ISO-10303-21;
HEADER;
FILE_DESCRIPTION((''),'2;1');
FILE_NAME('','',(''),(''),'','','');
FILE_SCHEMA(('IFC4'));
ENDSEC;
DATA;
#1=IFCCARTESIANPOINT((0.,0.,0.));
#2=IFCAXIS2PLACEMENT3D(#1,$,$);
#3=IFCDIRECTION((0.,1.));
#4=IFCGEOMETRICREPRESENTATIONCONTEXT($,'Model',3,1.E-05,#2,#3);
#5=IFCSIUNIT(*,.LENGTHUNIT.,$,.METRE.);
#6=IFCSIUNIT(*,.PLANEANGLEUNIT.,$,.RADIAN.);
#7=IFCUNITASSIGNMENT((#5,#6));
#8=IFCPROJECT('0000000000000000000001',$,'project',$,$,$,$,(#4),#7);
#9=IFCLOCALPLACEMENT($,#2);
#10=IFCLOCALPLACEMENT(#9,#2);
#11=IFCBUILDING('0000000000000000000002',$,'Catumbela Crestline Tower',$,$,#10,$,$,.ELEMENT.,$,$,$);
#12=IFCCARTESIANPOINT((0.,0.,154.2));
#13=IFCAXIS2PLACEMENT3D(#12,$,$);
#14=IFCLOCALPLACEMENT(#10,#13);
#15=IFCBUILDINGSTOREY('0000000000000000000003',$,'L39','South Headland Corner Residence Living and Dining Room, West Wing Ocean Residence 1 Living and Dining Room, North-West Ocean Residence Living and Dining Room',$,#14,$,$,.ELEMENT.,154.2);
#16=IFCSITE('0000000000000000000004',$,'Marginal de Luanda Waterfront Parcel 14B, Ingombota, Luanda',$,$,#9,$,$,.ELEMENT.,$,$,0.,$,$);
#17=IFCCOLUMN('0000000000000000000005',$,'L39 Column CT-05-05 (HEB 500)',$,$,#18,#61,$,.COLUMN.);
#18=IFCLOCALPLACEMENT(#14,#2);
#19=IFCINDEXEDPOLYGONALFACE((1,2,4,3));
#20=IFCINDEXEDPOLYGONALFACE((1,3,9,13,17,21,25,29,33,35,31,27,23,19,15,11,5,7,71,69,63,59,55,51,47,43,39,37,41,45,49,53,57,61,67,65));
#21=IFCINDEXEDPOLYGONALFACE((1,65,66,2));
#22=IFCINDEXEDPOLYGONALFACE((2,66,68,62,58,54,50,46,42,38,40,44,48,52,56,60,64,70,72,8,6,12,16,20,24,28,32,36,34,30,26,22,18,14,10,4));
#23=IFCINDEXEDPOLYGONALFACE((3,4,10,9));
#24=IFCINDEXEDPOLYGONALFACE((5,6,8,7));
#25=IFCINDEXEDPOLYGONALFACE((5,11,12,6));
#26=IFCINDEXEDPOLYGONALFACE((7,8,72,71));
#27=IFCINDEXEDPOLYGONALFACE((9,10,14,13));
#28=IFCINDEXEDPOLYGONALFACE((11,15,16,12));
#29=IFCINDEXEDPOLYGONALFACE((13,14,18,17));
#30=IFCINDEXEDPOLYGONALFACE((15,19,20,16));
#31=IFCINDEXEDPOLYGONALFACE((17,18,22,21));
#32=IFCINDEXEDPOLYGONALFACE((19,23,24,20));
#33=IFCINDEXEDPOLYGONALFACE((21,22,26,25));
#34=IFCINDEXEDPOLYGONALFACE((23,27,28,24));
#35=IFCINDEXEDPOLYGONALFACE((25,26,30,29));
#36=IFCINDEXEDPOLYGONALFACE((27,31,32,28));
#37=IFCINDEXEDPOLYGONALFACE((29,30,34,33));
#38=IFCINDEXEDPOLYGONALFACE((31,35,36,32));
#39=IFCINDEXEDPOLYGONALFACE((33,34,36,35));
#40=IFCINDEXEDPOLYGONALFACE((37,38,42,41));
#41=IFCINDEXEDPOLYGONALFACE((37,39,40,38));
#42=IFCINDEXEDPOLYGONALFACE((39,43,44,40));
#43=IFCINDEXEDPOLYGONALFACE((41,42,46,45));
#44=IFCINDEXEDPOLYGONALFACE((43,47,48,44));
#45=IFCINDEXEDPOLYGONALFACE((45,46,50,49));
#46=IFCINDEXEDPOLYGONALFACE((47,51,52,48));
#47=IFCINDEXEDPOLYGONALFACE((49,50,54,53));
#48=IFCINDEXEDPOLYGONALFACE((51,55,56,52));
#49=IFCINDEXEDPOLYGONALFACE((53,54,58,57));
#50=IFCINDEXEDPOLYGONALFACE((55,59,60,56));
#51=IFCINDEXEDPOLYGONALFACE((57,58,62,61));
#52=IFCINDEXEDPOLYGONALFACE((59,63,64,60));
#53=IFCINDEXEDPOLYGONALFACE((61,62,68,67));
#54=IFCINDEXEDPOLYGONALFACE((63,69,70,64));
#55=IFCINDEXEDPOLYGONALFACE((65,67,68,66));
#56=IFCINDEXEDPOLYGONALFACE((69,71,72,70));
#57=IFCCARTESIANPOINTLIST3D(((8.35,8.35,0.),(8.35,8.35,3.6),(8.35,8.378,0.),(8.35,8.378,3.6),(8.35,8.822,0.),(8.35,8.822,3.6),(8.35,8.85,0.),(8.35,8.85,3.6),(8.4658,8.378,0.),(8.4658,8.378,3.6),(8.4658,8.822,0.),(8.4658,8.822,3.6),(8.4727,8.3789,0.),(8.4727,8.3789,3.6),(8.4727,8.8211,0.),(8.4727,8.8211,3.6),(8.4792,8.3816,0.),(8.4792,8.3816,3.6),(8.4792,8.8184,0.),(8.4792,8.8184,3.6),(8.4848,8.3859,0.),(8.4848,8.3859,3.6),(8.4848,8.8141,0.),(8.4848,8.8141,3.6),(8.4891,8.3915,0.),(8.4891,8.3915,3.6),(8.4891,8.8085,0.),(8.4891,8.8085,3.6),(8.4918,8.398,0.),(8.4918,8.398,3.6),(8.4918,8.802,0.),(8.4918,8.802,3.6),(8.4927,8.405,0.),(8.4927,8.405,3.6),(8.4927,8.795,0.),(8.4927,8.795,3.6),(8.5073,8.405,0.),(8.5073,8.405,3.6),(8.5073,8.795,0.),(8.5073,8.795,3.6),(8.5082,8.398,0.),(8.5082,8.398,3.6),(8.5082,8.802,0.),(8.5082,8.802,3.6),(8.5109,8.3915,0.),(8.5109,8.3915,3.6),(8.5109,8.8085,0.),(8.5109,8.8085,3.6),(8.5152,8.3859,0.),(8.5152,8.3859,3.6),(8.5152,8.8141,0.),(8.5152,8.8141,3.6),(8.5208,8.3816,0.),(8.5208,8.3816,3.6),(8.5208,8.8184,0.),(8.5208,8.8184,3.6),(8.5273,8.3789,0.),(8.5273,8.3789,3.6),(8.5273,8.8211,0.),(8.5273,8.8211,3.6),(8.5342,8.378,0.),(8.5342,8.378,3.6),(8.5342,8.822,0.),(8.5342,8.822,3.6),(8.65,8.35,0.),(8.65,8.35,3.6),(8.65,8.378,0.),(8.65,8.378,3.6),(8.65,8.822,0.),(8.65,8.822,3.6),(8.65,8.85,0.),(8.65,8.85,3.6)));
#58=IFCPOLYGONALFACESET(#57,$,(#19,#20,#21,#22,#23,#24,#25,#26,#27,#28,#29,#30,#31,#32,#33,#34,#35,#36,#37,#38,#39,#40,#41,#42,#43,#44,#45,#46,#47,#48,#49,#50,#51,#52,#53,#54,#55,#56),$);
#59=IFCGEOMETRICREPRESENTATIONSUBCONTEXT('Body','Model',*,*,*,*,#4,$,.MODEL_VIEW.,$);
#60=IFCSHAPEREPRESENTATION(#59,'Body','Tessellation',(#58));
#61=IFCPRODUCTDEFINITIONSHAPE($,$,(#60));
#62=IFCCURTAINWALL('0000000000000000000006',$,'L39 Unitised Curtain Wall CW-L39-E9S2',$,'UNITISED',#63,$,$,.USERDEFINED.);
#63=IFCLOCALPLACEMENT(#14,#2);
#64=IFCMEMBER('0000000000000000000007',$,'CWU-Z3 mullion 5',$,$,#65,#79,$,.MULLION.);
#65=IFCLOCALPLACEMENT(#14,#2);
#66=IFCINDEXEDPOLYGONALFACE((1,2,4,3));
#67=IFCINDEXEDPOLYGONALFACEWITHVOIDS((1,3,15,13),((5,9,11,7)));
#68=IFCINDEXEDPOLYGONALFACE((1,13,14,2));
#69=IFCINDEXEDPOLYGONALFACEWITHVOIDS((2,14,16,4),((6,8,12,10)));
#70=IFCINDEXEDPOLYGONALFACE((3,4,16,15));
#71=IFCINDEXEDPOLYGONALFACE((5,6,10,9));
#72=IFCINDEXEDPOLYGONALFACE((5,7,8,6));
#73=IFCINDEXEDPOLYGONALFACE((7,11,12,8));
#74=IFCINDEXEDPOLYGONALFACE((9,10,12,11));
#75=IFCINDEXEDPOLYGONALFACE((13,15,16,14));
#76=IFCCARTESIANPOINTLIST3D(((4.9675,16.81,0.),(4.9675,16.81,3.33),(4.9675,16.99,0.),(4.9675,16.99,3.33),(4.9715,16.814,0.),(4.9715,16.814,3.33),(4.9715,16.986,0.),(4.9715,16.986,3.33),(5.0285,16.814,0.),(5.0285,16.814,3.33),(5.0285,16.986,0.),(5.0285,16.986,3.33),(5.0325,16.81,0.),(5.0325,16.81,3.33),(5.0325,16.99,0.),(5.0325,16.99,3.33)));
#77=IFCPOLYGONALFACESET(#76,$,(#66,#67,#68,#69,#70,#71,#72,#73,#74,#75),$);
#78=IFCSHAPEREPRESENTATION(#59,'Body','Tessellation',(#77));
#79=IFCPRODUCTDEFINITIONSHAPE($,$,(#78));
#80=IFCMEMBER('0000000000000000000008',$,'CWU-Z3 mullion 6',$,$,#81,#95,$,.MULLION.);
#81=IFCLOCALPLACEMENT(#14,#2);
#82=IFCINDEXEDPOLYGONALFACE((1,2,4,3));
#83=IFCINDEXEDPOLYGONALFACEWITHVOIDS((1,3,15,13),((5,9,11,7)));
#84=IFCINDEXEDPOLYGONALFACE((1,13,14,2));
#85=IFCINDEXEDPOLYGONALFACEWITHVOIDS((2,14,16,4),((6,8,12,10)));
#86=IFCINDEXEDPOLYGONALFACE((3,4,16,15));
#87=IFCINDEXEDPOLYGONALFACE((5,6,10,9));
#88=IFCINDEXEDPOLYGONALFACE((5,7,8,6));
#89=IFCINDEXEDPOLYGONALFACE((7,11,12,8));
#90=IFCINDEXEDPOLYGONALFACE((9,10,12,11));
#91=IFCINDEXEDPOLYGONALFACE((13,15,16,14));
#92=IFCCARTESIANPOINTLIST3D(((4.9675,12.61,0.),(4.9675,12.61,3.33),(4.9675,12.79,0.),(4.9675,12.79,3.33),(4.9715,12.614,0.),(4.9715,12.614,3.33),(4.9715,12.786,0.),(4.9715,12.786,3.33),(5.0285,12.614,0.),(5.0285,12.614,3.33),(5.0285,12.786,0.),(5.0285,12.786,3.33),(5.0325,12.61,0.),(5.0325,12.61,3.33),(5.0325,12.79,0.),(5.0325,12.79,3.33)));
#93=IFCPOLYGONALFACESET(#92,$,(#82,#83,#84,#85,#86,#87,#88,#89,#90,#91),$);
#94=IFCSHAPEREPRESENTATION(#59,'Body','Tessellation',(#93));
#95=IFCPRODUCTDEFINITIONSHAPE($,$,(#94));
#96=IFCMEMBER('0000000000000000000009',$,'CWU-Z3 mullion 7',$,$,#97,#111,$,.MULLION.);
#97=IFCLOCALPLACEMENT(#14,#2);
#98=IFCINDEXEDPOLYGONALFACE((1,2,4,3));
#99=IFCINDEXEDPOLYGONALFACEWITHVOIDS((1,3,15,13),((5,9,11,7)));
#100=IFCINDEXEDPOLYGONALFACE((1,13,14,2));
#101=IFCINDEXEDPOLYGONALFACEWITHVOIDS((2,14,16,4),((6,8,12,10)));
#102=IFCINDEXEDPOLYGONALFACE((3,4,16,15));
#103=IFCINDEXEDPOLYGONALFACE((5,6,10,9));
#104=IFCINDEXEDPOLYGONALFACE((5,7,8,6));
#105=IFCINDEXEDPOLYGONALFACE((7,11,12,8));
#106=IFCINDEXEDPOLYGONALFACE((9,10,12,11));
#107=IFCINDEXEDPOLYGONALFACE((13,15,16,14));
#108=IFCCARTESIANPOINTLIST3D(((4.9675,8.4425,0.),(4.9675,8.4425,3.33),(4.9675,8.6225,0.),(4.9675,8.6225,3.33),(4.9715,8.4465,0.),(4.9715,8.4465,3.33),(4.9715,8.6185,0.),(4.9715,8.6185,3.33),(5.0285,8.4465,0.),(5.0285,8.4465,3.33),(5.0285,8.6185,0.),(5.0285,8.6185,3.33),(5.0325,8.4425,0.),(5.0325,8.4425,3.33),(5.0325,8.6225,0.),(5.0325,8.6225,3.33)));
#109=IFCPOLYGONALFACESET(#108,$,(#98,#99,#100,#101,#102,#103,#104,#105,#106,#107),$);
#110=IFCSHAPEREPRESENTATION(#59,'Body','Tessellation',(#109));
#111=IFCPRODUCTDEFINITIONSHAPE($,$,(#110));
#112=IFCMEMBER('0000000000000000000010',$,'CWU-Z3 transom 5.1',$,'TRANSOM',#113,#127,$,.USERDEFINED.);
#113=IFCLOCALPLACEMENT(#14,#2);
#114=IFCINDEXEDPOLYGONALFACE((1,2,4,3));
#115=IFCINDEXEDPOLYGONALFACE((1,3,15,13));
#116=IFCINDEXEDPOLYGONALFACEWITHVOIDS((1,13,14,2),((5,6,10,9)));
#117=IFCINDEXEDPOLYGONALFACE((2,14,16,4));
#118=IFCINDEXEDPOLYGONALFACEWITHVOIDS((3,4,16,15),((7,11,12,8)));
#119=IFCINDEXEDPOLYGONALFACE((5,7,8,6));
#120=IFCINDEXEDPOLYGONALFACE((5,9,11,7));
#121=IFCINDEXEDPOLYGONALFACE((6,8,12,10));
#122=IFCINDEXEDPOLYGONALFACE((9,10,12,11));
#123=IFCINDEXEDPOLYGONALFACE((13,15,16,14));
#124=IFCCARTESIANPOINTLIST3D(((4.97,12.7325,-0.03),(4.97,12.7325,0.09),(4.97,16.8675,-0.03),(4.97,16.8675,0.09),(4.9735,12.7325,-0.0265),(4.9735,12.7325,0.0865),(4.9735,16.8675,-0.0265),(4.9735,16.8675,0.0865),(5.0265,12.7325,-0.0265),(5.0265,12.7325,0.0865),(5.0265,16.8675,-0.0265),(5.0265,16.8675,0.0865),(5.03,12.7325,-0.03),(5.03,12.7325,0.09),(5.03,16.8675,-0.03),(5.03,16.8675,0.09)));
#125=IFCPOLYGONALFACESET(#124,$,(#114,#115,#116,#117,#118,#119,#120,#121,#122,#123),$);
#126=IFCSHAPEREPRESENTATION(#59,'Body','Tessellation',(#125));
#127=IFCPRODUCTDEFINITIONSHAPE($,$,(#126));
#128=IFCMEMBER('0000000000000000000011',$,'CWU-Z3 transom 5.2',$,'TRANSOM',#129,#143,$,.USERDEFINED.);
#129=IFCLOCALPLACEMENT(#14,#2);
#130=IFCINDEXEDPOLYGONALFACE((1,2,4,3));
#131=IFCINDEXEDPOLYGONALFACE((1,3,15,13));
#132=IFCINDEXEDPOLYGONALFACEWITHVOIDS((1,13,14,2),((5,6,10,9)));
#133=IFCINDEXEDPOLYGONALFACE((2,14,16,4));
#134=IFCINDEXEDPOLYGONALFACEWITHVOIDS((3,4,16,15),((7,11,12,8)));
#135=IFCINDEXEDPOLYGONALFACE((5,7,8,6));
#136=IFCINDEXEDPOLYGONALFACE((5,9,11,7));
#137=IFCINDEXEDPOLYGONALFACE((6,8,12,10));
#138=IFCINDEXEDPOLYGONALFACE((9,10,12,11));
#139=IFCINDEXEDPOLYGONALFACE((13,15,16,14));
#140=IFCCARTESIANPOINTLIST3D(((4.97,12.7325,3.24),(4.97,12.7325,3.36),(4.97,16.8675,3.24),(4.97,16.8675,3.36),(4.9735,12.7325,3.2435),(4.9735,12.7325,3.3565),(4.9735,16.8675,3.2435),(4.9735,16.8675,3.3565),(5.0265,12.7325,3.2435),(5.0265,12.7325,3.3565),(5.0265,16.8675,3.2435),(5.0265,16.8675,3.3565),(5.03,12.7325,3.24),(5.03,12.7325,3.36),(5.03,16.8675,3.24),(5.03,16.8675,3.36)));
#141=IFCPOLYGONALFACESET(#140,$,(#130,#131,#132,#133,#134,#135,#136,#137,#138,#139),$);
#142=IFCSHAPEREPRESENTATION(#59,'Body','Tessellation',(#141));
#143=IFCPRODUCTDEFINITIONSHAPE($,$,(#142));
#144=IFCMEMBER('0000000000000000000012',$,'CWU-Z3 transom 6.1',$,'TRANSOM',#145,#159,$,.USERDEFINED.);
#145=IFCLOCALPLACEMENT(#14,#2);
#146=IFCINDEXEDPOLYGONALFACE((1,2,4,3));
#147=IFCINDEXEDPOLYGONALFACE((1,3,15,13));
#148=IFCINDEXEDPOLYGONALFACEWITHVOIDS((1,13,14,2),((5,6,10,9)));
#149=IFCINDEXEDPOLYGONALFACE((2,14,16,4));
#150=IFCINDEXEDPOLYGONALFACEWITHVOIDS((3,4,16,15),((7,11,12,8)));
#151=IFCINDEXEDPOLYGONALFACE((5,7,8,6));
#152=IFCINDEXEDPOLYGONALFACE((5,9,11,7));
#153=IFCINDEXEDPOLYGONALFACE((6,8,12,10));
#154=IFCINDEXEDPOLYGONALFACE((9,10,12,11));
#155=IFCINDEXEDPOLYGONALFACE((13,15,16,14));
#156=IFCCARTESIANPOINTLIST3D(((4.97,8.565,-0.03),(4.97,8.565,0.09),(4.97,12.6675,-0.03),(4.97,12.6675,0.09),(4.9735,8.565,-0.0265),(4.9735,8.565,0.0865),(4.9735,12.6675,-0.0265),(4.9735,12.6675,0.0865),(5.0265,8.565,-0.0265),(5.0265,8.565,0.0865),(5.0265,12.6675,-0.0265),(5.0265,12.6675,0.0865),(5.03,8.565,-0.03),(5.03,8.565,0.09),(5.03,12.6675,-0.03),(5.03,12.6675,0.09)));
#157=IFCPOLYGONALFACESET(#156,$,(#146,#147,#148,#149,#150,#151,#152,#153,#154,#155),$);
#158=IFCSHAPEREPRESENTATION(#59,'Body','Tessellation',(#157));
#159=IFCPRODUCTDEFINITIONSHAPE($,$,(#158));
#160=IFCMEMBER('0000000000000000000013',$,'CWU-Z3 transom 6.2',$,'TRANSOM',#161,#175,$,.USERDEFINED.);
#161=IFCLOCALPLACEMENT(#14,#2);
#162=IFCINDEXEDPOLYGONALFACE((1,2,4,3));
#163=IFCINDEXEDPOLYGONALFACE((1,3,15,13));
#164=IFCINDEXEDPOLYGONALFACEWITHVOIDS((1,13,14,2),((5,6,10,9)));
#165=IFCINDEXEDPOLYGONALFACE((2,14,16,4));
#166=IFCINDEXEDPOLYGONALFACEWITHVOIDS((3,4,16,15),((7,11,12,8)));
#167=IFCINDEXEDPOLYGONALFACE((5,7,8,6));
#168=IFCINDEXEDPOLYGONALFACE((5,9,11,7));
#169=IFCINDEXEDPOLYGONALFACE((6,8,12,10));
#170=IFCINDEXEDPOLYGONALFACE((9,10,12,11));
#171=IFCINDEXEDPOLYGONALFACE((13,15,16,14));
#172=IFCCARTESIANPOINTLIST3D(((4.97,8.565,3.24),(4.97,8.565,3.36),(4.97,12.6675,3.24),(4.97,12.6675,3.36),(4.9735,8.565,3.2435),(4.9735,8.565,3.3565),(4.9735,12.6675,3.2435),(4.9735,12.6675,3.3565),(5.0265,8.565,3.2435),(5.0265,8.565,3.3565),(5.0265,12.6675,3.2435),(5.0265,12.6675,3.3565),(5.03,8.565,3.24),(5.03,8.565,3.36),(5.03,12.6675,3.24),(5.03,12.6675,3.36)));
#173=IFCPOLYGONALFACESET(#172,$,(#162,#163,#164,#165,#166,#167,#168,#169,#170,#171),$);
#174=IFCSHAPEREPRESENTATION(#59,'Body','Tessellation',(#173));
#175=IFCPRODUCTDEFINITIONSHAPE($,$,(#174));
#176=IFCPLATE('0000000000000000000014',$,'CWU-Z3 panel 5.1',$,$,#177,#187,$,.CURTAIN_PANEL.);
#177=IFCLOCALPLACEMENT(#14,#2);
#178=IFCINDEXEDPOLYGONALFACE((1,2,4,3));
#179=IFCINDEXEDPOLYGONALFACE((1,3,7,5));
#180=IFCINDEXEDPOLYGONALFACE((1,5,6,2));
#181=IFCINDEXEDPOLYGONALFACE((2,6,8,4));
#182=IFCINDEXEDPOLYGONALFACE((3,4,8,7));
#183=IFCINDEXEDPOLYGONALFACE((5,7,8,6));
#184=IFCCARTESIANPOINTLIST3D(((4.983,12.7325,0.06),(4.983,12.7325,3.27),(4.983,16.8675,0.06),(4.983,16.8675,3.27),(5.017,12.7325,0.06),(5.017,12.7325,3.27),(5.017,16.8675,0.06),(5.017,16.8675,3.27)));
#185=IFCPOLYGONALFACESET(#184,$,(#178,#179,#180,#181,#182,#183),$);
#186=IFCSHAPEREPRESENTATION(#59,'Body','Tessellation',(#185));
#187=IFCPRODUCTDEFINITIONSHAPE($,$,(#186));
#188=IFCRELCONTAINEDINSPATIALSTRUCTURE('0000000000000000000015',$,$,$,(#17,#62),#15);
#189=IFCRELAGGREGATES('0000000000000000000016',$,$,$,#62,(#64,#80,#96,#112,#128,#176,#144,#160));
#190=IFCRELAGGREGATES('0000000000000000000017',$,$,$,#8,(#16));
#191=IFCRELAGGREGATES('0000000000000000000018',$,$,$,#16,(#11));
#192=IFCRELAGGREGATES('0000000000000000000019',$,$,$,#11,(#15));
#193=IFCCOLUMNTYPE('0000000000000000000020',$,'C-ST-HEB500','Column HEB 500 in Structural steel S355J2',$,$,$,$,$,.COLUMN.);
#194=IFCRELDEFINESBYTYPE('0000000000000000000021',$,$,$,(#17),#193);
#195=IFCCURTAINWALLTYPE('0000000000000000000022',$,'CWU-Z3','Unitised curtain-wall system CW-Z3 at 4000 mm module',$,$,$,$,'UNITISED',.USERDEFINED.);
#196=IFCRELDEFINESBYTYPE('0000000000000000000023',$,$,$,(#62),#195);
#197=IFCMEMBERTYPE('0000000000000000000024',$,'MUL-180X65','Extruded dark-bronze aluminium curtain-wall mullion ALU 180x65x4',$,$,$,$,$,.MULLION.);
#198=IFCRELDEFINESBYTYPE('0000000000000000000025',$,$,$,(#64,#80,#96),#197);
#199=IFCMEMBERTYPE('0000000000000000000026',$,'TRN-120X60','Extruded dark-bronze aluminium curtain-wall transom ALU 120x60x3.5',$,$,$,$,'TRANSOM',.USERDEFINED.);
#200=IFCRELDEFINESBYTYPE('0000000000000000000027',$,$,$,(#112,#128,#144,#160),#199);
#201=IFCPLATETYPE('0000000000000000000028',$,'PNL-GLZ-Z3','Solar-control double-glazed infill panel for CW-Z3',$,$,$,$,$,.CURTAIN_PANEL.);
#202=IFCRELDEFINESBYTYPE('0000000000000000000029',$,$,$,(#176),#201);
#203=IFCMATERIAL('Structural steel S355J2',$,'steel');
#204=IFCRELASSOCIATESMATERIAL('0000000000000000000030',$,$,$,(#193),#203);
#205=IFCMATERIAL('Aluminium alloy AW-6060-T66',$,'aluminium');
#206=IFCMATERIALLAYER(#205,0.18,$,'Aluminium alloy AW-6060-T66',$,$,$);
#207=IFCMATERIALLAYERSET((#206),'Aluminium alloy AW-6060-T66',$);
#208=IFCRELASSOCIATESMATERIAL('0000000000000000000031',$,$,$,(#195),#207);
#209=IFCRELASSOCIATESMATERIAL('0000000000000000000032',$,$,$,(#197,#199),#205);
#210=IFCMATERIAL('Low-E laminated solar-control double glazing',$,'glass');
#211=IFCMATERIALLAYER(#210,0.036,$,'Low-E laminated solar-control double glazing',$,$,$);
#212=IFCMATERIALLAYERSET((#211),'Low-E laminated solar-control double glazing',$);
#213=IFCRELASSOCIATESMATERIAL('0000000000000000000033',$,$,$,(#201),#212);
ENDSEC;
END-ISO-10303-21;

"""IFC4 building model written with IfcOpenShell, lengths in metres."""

from ifc_helpers import new_model, si_unit, direction, frame, origin, origin_2d, place, context, subcontext, project, spatial, rectangle, hollow_rectangle, i_section, extrude, material, layer, layer_set, material_profile, profile_set, type_object, element, aggregate, save


model = new_model("IFC4")

# Units and contexts
model_context = context("Model", 3, precision=1e-05, world=origin(), true_north=direction((0.0, 1.0)))
body_context = subcontext(model_context, "Body", "Model", "MODEL_VIEW")
ifc_project = project(units=[si_unit("LENGTHUNIT", "METRE"), si_unit("PLANEANGLEUNIT", "RADIAN")], contexts=[model_context])

# Site, building, storey
site_placement = place(None, origin())
site = spatial("IfcSite", under=ifc_project, at=site_placement, Name="Marginal de Luanda Waterfront Parcel 14B, Ingombota, Luanda", CompositionType="ELEMENT", RefElevation=0.0)
building_placement = place(site_placement, origin())
building = spatial("IfcBuilding", under=site, at=building_placement, Name="Catumbela Crestline Tower", CompositionType="ELEMENT")
storey_placement = place(building_placement, frame((0.0, 0.0, 154.2)))
storey = spatial("IfcBuildingStorey", under=building, at=storey_placement, Name="L39", Description="South Headland Corner Residence Living and Dining Room, West Wing Ocean Residence 1 Living and Dining Room, North-West Ocean Residence Living and Dining Room", CompositionType="ELEMENT", Elevation=154.2)

# Column
ifc_material_1 = material(Name="Structural steel S355J2", Category="steel")
ifc_material_profile_1 = material_profile(ifc_material_1, i_section(OverallWidth=0.3, OverallDepth=0.5, WebThickness=0.0145, FlangeThickness=0.028, FilletRadius=0.027, at=origin_2d()), Name="HEB 500")
ifc_profile_set_1 = profile_set([ifc_material_profile_1], Name="Structural steel S355J2")
column_type = type_object("IfcColumnType", Name="C-ST-HEB500", Description="Column HEB 500 in Structural steel S355J2", PredefinedType="COLUMN", material=ifc_profile_set_1)
column_placement = place(storey_placement, frame((8.5, 8.6, 0.0), z_axis=(0.0, 0.0, 1.0), x_axis=(1.0, 0.0, 0.0)))
element("IfcColumn", 1, at=column_placement, inside=storey, type_object=column_type, Name="L39 Column CT-05-05 (HEB 500)", PredefinedType="COLUMN", context=body_context, shape_type="SweptSolid", body=[
    extrude(i_section(OverallWidth=0.3, OverallDepth=0.5, WebThickness=0.0145, FlangeThickness=0.028, FilletRadius=0.027, at=origin_2d()), origin(), (0.0, 0.0, 1.0), 3.6),
])

# Curtain wall, members, plate
ifc_material_2 = material(Name="Aluminium alloy AW-6060-T66", Category="aluminium")
ifc_layer_1 = layer(ifc_material_2, 0.18, Name="Aluminium alloy AW-6060-T66")
ifc_layer_set_1 = layer_set([ifc_layer_1], Name="Aluminium alloy AW-6060-T66")
curtain_wall_type = type_object("IfcCurtainWallType", Name="CWU-Z3", Description="Unitised curtain-wall system CW-Z3 at 4000 mm module", ElementType="UNITISED", PredefinedType="USERDEFINED", material=ifc_layer_set_1)
curtain_wall_placement = place(storey_placement, origin())
curtain_wall = element("IfcCurtainWall", 2, at=curtain_wall_placement, inside=storey, type_object=curtain_wall_type, Name="L39 Unitised Curtain Wall CW-L39-E9S2", ObjectType="UNITISED", PredefinedType="USERDEFINED")
ifc_material_profile_2 = material_profile(ifc_material_2, hollow_rectangle(XDim=0.065, YDim=0.18, WallThickness=0.004, at=origin_2d()), Name="ALU 180x65x4")
ifc_profile_set_2 = profile_set([ifc_material_profile_2], Name="Aluminium alloy AW-6060-T66")
member_type_1 = type_object("IfcMemberType", Name="MUL-180X65", Description="Extruded dark-bronze aluminium curtain-wall mullion ALU 180x65x4", PredefinedType="MULLION", material=ifc_profile_set_2)
member_1_placement = place(storey_placement, frame((5.0, 16.9, 0.0), z_axis=(0.0, 0.0, 1.0), x_axis=(1.0, 0.0, 0.0)))
member_1 = element("IfcMember", 3, at=member_1_placement, type_object=member_type_1, Name="CWU-Z3 mullion 5", PredefinedType="MULLION", context=body_context, shape_type="SweptSolid", body=[
    extrude(hollow_rectangle(XDim=0.065, YDim=0.18, WallThickness=0.004, at=origin_2d()), origin(), (0.0, 0.0, 1.0), 3.33),
])
member_2_placement = place(storey_placement, frame((5.0, 12.7, 0.0), z_axis=(0.0, 0.0, 1.0), x_axis=(1.0, 0.0, 0.0)))
member_2 = element("IfcMember", 4, at=member_2_placement, type_object=member_type_1, Name="CWU-Z3 mullion 6", PredefinedType="MULLION", context=body_context, shape_type="SweptSolid", body=[
    extrude(hollow_rectangle(XDim=0.065, YDim=0.18, WallThickness=0.004, at=origin_2d()), origin(), (0.0, 0.0, 1.0), 3.33),
])
member_3_placement = place(storey_placement, frame((5.0, 8.5325, 0.0), z_axis=(0.0, 0.0, 1.0), x_axis=(1.0, 0.0, 0.0)))
member_3 = element("IfcMember", 5, at=member_3_placement, type_object=member_type_1, Name="CWU-Z3 mullion 7", PredefinedType="MULLION", context=body_context, shape_type="SweptSolid", body=[
    extrude(hollow_rectangle(XDim=0.065, YDim=0.18, WallThickness=0.004, at=origin_2d()), origin(), (0.0, 0.0, 1.0), 3.33),
])
ifc_material_profile_3 = material_profile(ifc_material_2, hollow_rectangle(XDim=0.06, YDim=0.12, WallThickness=0.0035, at=origin_2d()), Name="ALU 120x60x3.5")
ifc_profile_set_3 = profile_set([ifc_material_profile_3], Name="Aluminium alloy AW-6060-T66")
member_type_2 = type_object("IfcMemberType", Name="TRN-120X60", Description="Extruded dark-bronze aluminium curtain-wall transom ALU 120x60x3.5", ElementType="TRANSOM", PredefinedType="USERDEFINED", material=ifc_profile_set_3)
member_4_placement = place(storey_placement, frame((5.0, 16.8675, 0.03), z_axis=(0.0, -1.0, 0.0), x_axis=(1.0, 0.0, 0.0)))
member_4 = element("IfcMember", 6, at=member_4_placement, type_object=member_type_2, Name="CWU-Z3 transom 5.1", ObjectType="TRANSOM", PredefinedType="USERDEFINED", context=body_context, shape_type="SweptSolid", body=[
    extrude(hollow_rectangle(XDim=0.06, YDim=0.12, WallThickness=0.0035, at=origin_2d()), origin(), (0.0, 0.0, 1.0), 4.135),
])
member_5_placement = place(storey_placement, frame((5.0, 16.8675, 3.3), z_axis=(0.0, -1.0, 0.0), x_axis=(1.0, 0.0, 0.0)))
member_5 = element("IfcMember", 7, at=member_5_placement, type_object=member_type_2, Name="CWU-Z3 transom 5.2", ObjectType="TRANSOM", PredefinedType="USERDEFINED", context=body_context, shape_type="SweptSolid", body=[
    extrude(hollow_rectangle(XDim=0.06, YDim=0.12, WallThickness=0.0035, at=origin_2d()), origin(), (0.0, 0.0, 1.0), 4.135),
])
member_6_placement = place(storey_placement, frame((5.0, 12.6675, 0.03), z_axis=(0.0, -1.0, 0.0), x_axis=(1.0, 0.0, 0.0)))
member_6 = element("IfcMember", 8, at=member_6_placement, type_object=member_type_2, Name="CWU-Z3 transom 6.1", ObjectType="TRANSOM", PredefinedType="USERDEFINED", context=body_context, shape_type="SweptSolid", body=[
    extrude(hollow_rectangle(XDim=0.06, YDim=0.12, WallThickness=0.0035, at=origin_2d()), origin(), (0.0, 0.0, 1.0), 4.1025),
])
member_7_placement = place(storey_placement, frame((5.0, 12.6675, 3.3), z_axis=(0.0, -1.0, 0.0), x_axis=(1.0, 0.0, 0.0)))
member_7 = element("IfcMember", 9, at=member_7_placement, type_object=member_type_2, Name="CWU-Z3 transom 6.2", ObjectType="TRANSOM", PredefinedType="USERDEFINED", context=body_context, shape_type="SweptSolid", body=[
    extrude(hollow_rectangle(XDim=0.06, YDim=0.12, WallThickness=0.0035, at=origin_2d()), origin(), (0.0, 0.0, 1.0), 4.1025),
])
ifc_material_3 = material(Name="Low-E laminated solar-control double glazing", Category="glass")
ifc_layer_2 = layer(ifc_material_3, 0.036, Name="Low-E laminated solar-control double glazing")
ifc_layer_set_2 = layer_set([ifc_layer_2], Name="Low-E laminated solar-control double glazing")
plate_type = type_object("IfcPlateType", Name="PNL-GLZ-Z3", Description="Solar-control double-glazed infill panel for CW-Z3", PredefinedType="CURTAIN_PANEL", material=ifc_layer_set_2)
plate_1_placement = place(storey_placement, frame((5.0, 14.8, 0.06), z_axis=(0.0, 0.0, 1.0), x_axis=(0.0, -1.0, 0.0)))
plate_1 = element("IfcPlate", 10, at=plate_1_placement, type_object=plate_type, Name="CWU-Z3 panel 5.1", PredefinedType="CURTAIN_PANEL", context=body_context, shape_type="SweptSolid", body=[
    extrude(rectangle(XDim=4.135, YDim=0.034, at=origin_2d()), origin(), (0.0, 0.0, 1.0), 3.21),
])
aggregate(curtain_wall, [member_1, member_2, member_3, member_4, member_5, plate_1, member_6, member_7])

save(model, "model.ifc")
